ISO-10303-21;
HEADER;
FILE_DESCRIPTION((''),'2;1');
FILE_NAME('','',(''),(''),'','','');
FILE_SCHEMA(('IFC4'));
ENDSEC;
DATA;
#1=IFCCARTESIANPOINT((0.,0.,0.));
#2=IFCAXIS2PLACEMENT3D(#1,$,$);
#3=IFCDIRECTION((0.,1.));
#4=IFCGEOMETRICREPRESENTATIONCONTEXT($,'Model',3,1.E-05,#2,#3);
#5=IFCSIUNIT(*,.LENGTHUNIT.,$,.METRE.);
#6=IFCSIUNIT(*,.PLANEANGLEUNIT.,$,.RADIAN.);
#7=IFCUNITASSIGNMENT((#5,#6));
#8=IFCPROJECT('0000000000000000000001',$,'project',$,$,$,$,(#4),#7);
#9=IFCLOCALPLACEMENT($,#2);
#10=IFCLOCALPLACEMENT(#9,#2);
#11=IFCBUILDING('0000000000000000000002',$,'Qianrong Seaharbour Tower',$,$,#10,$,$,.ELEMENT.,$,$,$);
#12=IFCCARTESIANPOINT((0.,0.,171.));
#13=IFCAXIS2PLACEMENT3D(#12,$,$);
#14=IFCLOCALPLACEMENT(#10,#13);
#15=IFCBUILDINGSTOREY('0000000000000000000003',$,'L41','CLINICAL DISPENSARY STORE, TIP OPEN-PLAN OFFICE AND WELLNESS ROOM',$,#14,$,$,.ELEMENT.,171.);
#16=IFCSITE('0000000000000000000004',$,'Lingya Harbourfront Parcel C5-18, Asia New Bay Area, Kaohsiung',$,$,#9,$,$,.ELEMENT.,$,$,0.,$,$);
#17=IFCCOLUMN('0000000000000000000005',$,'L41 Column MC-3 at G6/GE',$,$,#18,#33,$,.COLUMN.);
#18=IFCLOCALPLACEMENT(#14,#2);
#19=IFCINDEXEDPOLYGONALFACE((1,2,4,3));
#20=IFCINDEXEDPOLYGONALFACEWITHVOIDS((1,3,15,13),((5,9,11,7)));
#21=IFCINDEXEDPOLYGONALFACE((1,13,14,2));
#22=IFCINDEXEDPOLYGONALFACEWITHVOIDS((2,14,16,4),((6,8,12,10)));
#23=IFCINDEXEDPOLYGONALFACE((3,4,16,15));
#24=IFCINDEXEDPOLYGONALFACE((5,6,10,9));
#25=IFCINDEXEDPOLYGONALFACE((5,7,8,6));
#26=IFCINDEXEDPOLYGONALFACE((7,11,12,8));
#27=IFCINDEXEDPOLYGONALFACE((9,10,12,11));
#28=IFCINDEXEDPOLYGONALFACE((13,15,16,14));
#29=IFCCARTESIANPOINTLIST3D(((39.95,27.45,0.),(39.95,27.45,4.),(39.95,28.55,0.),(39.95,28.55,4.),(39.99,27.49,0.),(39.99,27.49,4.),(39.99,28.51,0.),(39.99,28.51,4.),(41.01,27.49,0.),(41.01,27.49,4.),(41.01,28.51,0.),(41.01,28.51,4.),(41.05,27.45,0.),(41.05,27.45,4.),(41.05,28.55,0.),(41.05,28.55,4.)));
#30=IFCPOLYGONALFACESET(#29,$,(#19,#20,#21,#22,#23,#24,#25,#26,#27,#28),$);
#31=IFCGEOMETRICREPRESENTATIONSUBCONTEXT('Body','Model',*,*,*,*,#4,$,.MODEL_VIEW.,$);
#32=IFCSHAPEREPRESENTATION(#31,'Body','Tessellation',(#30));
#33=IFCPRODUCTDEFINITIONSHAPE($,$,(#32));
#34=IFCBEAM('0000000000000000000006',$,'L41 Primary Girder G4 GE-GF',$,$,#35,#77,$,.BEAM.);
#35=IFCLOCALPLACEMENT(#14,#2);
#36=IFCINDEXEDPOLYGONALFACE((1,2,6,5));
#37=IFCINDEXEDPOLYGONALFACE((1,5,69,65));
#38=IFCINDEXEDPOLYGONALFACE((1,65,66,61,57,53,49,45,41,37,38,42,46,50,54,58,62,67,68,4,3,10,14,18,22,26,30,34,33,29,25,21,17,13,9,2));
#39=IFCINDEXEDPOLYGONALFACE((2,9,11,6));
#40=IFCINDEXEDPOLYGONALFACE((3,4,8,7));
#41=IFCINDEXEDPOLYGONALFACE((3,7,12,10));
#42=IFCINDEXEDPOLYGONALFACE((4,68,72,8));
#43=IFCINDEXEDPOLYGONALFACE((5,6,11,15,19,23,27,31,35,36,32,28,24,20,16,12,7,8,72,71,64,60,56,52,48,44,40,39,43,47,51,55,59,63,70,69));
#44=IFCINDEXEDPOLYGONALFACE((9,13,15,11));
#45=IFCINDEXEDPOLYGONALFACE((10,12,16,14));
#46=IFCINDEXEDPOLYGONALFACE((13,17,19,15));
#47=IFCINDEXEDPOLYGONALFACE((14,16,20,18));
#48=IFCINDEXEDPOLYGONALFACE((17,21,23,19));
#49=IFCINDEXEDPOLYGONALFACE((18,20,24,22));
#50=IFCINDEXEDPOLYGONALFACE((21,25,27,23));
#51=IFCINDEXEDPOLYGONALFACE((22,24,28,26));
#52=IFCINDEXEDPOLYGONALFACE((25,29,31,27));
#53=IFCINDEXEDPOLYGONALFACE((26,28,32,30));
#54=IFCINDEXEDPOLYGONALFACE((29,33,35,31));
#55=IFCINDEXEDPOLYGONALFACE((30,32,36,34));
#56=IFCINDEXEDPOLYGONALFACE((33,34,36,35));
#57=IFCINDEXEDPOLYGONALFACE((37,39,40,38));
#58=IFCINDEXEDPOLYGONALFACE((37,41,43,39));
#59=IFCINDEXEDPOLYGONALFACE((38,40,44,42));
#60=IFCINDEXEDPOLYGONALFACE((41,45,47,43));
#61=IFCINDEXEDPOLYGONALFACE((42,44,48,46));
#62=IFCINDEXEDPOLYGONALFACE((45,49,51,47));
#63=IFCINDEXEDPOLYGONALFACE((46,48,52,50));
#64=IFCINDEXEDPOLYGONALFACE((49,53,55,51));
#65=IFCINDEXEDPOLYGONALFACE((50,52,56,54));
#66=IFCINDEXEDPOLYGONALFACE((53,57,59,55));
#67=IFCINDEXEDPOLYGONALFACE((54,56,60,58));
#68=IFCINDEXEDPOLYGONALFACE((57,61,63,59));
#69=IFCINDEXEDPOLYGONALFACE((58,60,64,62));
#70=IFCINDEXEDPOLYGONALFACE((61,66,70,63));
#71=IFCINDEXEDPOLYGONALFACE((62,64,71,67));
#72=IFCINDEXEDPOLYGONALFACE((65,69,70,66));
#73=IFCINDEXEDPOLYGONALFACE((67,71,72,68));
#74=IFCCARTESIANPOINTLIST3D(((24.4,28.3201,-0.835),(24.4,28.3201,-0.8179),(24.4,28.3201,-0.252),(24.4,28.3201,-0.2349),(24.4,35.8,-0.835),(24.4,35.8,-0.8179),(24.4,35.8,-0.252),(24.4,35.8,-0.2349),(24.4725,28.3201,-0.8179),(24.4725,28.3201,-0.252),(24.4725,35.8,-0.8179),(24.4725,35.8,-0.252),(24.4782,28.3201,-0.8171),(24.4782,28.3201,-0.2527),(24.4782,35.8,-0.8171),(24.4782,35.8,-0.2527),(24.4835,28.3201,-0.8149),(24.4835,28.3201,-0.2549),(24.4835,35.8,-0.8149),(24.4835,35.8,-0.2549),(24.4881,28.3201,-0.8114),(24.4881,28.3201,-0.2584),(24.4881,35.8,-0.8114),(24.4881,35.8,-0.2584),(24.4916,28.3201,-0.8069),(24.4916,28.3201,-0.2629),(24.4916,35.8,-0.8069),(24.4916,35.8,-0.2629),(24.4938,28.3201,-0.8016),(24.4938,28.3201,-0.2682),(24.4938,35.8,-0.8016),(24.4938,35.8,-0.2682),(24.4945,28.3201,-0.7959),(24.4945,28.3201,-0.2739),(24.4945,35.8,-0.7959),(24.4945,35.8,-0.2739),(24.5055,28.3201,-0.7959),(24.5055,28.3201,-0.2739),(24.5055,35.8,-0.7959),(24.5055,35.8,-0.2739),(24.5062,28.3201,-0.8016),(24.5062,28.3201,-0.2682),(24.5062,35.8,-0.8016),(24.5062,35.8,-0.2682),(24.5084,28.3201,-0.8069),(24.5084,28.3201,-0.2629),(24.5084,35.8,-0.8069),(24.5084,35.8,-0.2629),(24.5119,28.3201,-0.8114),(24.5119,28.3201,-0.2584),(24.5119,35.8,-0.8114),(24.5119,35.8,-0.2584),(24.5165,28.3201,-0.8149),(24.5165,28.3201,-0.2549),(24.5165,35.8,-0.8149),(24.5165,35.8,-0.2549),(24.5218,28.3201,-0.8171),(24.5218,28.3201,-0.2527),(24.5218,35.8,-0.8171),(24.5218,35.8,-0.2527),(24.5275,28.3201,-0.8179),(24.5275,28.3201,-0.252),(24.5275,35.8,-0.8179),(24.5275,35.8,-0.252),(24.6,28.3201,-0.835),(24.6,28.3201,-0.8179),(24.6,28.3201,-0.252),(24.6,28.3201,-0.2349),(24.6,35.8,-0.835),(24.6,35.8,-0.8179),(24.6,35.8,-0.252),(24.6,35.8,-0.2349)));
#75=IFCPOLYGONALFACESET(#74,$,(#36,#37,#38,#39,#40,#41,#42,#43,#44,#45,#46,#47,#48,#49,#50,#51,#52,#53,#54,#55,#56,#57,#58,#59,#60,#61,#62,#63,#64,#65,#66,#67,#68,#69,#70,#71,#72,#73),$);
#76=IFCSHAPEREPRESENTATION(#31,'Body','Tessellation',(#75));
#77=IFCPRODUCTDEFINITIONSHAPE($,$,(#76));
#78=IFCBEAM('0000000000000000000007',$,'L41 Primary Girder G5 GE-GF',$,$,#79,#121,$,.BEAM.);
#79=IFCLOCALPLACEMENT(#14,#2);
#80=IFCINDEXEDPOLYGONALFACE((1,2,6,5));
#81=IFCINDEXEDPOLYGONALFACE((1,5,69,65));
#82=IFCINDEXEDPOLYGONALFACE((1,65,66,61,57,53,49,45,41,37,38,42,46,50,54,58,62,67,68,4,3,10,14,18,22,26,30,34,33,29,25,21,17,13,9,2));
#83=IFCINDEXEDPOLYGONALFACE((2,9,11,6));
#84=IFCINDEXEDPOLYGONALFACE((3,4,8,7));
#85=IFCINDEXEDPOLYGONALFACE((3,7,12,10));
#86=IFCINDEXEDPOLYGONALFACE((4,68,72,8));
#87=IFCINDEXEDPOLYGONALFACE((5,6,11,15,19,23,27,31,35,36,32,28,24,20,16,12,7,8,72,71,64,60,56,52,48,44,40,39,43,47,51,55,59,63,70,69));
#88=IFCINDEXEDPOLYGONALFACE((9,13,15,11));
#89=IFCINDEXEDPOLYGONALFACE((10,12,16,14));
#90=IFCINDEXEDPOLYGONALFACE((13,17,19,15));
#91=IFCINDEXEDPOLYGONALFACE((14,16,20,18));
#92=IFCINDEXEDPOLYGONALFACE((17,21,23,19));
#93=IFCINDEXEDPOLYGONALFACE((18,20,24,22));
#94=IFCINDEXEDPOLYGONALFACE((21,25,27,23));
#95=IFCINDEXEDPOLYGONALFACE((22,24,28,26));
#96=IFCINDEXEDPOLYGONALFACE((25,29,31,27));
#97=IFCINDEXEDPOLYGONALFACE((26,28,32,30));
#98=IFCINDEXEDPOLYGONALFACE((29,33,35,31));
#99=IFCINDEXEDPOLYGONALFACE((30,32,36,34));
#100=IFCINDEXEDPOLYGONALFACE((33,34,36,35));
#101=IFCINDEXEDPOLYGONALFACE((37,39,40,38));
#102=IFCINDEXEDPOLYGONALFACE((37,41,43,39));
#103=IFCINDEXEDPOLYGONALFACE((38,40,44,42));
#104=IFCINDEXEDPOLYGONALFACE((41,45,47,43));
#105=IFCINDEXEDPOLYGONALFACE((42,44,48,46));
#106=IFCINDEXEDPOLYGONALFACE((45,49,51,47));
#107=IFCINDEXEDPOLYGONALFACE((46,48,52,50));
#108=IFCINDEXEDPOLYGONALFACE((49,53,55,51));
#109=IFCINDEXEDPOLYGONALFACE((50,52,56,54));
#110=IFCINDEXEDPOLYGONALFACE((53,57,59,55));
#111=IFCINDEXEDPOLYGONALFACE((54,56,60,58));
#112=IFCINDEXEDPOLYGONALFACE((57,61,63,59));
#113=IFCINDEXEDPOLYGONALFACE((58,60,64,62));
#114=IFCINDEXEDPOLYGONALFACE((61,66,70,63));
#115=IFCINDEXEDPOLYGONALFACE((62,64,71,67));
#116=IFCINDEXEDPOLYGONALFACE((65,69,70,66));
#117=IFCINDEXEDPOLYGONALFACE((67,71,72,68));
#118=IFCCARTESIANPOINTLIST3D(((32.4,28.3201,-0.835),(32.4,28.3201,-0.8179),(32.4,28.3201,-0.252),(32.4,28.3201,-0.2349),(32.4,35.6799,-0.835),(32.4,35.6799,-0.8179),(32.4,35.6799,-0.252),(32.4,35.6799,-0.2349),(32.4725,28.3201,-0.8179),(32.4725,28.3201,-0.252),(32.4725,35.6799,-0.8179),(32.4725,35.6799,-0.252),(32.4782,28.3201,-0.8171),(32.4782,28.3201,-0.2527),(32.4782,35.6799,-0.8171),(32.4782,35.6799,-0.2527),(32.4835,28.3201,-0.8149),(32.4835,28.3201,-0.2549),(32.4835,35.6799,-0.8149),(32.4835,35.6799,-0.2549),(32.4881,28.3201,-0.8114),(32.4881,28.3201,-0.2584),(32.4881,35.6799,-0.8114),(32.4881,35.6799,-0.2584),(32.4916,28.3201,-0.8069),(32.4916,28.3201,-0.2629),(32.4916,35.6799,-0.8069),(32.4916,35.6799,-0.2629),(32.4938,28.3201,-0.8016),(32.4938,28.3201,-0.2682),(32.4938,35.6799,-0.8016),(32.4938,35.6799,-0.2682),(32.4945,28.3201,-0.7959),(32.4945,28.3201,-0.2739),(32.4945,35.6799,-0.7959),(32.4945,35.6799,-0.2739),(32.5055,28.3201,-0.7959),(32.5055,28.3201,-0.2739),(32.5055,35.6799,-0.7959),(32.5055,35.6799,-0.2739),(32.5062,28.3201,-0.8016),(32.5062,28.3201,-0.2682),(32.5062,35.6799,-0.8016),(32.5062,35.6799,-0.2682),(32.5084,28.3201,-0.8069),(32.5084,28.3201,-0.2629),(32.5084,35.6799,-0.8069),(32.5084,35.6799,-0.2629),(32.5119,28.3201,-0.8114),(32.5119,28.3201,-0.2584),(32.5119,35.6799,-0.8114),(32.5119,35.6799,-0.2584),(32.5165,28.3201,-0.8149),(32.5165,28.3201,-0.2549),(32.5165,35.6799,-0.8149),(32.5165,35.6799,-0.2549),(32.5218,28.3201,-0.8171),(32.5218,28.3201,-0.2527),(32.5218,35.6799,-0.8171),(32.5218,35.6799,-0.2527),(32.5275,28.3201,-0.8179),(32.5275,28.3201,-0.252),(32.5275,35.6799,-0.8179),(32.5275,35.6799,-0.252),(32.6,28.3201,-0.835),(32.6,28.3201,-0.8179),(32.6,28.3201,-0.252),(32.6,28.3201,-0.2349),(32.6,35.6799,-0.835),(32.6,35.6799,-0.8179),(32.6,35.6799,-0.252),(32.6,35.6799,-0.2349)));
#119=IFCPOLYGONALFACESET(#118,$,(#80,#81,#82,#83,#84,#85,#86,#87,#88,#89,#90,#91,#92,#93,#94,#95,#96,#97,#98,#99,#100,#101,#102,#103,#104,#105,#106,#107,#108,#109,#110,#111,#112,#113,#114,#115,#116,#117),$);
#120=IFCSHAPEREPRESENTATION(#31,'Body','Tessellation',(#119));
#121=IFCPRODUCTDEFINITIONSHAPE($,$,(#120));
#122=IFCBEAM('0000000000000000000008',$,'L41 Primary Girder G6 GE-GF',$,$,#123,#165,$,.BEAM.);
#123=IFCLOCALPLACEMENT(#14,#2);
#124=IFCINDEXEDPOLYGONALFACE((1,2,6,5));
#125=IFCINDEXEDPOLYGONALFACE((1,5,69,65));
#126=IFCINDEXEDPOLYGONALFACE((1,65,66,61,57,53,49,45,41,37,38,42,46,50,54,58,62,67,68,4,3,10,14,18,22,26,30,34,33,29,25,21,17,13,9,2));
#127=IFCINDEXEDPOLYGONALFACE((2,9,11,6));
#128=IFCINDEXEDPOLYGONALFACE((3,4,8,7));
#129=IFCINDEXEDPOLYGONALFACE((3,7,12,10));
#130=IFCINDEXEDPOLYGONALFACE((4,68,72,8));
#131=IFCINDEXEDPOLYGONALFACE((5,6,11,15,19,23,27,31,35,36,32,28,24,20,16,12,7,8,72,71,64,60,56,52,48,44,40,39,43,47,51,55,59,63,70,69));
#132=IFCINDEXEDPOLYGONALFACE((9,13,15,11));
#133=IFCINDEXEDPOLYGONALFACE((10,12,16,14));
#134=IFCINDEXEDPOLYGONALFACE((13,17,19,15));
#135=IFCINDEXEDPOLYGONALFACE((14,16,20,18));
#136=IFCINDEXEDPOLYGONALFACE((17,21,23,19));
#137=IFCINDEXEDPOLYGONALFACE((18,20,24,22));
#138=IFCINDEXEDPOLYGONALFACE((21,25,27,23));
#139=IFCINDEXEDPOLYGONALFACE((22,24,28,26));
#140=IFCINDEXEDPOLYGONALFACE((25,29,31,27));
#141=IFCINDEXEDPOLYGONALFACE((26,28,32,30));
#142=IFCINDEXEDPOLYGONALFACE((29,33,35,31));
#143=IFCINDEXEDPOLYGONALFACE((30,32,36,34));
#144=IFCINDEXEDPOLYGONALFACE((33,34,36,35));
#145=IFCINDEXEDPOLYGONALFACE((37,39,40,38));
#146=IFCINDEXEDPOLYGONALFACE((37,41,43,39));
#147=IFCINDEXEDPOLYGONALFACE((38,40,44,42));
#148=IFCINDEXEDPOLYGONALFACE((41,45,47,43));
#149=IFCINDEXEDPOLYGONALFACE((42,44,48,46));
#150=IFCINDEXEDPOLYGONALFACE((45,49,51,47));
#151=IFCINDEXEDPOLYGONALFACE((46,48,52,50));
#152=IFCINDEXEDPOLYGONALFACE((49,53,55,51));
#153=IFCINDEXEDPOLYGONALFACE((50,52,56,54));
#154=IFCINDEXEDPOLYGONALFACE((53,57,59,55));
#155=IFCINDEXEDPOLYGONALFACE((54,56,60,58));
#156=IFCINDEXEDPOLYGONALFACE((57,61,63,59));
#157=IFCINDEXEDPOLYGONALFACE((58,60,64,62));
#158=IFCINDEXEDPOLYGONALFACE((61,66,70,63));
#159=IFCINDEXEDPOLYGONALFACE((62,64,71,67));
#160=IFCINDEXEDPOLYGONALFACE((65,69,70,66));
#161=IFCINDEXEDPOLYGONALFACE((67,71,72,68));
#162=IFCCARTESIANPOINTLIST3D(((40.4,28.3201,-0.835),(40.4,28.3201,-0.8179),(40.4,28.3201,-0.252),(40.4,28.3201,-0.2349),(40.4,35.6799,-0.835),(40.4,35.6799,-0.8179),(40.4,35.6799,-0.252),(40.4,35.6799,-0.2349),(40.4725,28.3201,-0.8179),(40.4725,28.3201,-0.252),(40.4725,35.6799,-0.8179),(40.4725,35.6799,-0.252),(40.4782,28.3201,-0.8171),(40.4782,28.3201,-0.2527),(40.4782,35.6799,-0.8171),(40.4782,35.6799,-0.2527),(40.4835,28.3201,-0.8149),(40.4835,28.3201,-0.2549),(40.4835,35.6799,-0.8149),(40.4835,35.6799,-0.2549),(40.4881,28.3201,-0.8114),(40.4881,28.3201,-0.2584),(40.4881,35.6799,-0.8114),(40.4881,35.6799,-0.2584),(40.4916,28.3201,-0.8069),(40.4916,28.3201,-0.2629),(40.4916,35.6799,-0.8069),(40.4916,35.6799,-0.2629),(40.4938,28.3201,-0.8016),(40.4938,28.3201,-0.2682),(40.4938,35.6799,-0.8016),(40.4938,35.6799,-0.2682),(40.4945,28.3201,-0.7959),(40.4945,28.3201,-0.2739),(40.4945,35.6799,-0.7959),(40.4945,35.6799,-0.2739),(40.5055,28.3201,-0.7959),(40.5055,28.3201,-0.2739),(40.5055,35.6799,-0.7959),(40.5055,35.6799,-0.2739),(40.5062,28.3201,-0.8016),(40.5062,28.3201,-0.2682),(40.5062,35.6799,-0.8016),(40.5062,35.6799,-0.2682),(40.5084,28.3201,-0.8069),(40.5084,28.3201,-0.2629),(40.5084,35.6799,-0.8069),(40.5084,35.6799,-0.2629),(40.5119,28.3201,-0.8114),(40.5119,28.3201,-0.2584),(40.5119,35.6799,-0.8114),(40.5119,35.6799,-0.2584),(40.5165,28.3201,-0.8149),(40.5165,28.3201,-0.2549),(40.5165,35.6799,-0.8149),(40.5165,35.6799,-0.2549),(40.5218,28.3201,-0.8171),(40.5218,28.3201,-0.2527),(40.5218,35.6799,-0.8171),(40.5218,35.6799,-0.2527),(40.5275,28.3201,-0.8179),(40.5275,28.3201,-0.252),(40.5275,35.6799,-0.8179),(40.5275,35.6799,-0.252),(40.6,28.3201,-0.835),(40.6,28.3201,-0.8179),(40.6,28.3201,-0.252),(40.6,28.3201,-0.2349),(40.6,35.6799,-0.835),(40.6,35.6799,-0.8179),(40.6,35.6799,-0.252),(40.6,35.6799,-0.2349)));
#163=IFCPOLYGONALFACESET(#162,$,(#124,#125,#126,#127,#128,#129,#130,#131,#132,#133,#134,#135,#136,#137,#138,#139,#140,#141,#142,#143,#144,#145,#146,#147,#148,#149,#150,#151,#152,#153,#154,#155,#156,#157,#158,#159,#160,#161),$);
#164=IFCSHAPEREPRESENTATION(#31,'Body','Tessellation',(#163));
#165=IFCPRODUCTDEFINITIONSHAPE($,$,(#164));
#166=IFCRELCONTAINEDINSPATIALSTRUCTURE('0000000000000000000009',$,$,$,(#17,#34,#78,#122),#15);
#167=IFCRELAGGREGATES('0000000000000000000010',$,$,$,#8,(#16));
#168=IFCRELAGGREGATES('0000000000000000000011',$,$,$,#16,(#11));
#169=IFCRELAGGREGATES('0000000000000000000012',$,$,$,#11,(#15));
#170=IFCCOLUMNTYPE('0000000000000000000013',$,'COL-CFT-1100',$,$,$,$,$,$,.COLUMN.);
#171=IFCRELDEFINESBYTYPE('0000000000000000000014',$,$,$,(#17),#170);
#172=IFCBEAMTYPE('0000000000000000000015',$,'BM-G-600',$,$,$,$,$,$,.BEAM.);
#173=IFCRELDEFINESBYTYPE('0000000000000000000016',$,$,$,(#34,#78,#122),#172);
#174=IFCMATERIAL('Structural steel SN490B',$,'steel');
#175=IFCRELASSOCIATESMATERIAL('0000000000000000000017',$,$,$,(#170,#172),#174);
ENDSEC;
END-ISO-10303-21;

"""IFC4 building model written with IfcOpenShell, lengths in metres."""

from ifc_helpers import new_model, si_unit, direction, frame, origin, origin_2d, place, context, subcontext, project, spatial, hollow_rectangle, i_section, extrude, material, material_profile, profile_set, type_object, element, save


model = new_model("IFC4")

# Units and contexts
model_context = context("Model", 3, precision=1e-05, world=origin(), true_north=direction((0.0, 1.0)))
body_context = subcontext(model_context, "Body", "Model", "MODEL_VIEW")
ifc_project = project(units=[si_unit("LENGTHUNIT", "METRE"), si_unit("PLANEANGLEUNIT", "RADIAN")], contexts=[model_context])

# Site, building, storey
site_placement = place(None, origin())
site = spatial("IfcSite", under=ifc_project, at=site_placement, Name="Lingya Harbourfront Parcel C5-18, Asia New Bay Area, Kaohsiung", CompositionType="ELEMENT", RefElevation=0.0)
building_placement = place(site_placement, origin())
building = spatial("IfcBuilding", under=site, at=building_placement, Name="Qianrong Seaharbour Tower", CompositionType="ELEMENT")
storey_placement = place(building_placement, frame((0.0, 0.0, 171.0)))
storey = spatial("IfcBuildingStorey", under=building, at=storey_placement, Name="L41", Description="CLINICAL DISPENSARY STORE, TIP OPEN-PLAN OFFICE AND WELLNESS ROOM", CompositionType="ELEMENT", Elevation=171.0)

# Column
ifc_material_1 = material(Name="Structural steel SN490B", Category="steel")
ifc_material_profile_1 = material_profile(ifc_material_1, hollow_rectangle(XDim=1.1001, YDim=1.1001, WallThickness=0.04, at=origin_2d()), Name="BOX1100x1100x40")
ifc_profile_set_1 = profile_set([ifc_material_profile_1], Name="Structural steel SN490B")
column_type = type_object("IfcColumnType", Name="COL-CFT-1100", PredefinedType="COLUMN", material=ifc_profile_set_1)
column_placement = place(storey_placement, frame((40.5, 28.0, 0.0), z_axis=(0.0, 0.0, 1.0), x_axis=(1.0, 0.0, 0.0)))
element("IfcColumn", 1, at=column_placement, inside=storey, type_object=column_type, Name="L41 Column MC-3 at G6/GE", PredefinedType="COLUMN", context=body_context, shape_type="SweptSolid", body=[
    extrude(hollow_rectangle(XDim=1.1001, YDim=1.1001, WallThickness=0.04, at=origin_2d()), origin(), (0.0, 0.0, 1.0), 4.0),
])

# Beams
ifc_material_profile_2 = material_profile(ifc_material_1, i_section(OverallWidth=0.2, OverallDepth=0.6001, WebThickness=0.011, FlangeThickness=0.0171, FilletRadius=0.022, at=origin_2d()), Name="H600x200x11x17")
ifc_profile_set_2 = profile_set([ifc_material_profile_2], Name="Structural steel SN490B")
beam_type_1 = type_object("IfcBeamType", Name="BM-G-600", PredefinedType="BEAM", material=ifc_profile_set_2)
beam_placement = place(storey_placement, frame((24.5, 28.3201, -0.5349), z_axis=(0.0, 1.0, 0.0), x_axis=(-1.0, 0.0, 0.0)))
element("IfcBeam", 2, at=beam_placement, inside=storey, type_object=beam_type_1, Name="L41 Primary Girder G4 GE-GF", PredefinedType="BEAM", context=body_context, shape_type="SweptSolid", body=[
    extrude(i_section(OverallWidth=0.2, OverallDepth=0.6001, WebThickness=0.011, FlangeThickness=0.0171, FilletRadius=0.022, at=origin_2d()), origin(), (0.0, 0.0, 1.0), 7.48),
])
for number, where, z_axis, x_axis, name in (
    (3, (32.5, 28.3201, -0.5349), (0.0, 1.0, 0.0), (-1.0, 0.0, 0.0), "L41 Primary Girder G5 GE-GF"),
    (4, (40.5, 28.3201, -0.5349), (0.0, 1.0, 0.0), (-1.0, 0.0, 0.0), "L41 Primary Girder G6 GE-GF"),
):
    element("IfcBeam", number, at=place(storey_placement, frame(where, z_axis=z_axis, x_axis=x_axis)), inside=storey, type_object=beam_type_1, Name=name, PredefinedType="BEAM", context=body_context, shape_type="SweptSolid", body=[
        extrude(i_section(OverallWidth=0.2, OverallDepth=0.6001, WebThickness=0.011, FlangeThickness=0.0171, FilletRadius=0.022, at=origin_2d()), origin(), (0.0, 0.0, 1.0), 7.3599),
    ])

save(model, "model.ifc")
